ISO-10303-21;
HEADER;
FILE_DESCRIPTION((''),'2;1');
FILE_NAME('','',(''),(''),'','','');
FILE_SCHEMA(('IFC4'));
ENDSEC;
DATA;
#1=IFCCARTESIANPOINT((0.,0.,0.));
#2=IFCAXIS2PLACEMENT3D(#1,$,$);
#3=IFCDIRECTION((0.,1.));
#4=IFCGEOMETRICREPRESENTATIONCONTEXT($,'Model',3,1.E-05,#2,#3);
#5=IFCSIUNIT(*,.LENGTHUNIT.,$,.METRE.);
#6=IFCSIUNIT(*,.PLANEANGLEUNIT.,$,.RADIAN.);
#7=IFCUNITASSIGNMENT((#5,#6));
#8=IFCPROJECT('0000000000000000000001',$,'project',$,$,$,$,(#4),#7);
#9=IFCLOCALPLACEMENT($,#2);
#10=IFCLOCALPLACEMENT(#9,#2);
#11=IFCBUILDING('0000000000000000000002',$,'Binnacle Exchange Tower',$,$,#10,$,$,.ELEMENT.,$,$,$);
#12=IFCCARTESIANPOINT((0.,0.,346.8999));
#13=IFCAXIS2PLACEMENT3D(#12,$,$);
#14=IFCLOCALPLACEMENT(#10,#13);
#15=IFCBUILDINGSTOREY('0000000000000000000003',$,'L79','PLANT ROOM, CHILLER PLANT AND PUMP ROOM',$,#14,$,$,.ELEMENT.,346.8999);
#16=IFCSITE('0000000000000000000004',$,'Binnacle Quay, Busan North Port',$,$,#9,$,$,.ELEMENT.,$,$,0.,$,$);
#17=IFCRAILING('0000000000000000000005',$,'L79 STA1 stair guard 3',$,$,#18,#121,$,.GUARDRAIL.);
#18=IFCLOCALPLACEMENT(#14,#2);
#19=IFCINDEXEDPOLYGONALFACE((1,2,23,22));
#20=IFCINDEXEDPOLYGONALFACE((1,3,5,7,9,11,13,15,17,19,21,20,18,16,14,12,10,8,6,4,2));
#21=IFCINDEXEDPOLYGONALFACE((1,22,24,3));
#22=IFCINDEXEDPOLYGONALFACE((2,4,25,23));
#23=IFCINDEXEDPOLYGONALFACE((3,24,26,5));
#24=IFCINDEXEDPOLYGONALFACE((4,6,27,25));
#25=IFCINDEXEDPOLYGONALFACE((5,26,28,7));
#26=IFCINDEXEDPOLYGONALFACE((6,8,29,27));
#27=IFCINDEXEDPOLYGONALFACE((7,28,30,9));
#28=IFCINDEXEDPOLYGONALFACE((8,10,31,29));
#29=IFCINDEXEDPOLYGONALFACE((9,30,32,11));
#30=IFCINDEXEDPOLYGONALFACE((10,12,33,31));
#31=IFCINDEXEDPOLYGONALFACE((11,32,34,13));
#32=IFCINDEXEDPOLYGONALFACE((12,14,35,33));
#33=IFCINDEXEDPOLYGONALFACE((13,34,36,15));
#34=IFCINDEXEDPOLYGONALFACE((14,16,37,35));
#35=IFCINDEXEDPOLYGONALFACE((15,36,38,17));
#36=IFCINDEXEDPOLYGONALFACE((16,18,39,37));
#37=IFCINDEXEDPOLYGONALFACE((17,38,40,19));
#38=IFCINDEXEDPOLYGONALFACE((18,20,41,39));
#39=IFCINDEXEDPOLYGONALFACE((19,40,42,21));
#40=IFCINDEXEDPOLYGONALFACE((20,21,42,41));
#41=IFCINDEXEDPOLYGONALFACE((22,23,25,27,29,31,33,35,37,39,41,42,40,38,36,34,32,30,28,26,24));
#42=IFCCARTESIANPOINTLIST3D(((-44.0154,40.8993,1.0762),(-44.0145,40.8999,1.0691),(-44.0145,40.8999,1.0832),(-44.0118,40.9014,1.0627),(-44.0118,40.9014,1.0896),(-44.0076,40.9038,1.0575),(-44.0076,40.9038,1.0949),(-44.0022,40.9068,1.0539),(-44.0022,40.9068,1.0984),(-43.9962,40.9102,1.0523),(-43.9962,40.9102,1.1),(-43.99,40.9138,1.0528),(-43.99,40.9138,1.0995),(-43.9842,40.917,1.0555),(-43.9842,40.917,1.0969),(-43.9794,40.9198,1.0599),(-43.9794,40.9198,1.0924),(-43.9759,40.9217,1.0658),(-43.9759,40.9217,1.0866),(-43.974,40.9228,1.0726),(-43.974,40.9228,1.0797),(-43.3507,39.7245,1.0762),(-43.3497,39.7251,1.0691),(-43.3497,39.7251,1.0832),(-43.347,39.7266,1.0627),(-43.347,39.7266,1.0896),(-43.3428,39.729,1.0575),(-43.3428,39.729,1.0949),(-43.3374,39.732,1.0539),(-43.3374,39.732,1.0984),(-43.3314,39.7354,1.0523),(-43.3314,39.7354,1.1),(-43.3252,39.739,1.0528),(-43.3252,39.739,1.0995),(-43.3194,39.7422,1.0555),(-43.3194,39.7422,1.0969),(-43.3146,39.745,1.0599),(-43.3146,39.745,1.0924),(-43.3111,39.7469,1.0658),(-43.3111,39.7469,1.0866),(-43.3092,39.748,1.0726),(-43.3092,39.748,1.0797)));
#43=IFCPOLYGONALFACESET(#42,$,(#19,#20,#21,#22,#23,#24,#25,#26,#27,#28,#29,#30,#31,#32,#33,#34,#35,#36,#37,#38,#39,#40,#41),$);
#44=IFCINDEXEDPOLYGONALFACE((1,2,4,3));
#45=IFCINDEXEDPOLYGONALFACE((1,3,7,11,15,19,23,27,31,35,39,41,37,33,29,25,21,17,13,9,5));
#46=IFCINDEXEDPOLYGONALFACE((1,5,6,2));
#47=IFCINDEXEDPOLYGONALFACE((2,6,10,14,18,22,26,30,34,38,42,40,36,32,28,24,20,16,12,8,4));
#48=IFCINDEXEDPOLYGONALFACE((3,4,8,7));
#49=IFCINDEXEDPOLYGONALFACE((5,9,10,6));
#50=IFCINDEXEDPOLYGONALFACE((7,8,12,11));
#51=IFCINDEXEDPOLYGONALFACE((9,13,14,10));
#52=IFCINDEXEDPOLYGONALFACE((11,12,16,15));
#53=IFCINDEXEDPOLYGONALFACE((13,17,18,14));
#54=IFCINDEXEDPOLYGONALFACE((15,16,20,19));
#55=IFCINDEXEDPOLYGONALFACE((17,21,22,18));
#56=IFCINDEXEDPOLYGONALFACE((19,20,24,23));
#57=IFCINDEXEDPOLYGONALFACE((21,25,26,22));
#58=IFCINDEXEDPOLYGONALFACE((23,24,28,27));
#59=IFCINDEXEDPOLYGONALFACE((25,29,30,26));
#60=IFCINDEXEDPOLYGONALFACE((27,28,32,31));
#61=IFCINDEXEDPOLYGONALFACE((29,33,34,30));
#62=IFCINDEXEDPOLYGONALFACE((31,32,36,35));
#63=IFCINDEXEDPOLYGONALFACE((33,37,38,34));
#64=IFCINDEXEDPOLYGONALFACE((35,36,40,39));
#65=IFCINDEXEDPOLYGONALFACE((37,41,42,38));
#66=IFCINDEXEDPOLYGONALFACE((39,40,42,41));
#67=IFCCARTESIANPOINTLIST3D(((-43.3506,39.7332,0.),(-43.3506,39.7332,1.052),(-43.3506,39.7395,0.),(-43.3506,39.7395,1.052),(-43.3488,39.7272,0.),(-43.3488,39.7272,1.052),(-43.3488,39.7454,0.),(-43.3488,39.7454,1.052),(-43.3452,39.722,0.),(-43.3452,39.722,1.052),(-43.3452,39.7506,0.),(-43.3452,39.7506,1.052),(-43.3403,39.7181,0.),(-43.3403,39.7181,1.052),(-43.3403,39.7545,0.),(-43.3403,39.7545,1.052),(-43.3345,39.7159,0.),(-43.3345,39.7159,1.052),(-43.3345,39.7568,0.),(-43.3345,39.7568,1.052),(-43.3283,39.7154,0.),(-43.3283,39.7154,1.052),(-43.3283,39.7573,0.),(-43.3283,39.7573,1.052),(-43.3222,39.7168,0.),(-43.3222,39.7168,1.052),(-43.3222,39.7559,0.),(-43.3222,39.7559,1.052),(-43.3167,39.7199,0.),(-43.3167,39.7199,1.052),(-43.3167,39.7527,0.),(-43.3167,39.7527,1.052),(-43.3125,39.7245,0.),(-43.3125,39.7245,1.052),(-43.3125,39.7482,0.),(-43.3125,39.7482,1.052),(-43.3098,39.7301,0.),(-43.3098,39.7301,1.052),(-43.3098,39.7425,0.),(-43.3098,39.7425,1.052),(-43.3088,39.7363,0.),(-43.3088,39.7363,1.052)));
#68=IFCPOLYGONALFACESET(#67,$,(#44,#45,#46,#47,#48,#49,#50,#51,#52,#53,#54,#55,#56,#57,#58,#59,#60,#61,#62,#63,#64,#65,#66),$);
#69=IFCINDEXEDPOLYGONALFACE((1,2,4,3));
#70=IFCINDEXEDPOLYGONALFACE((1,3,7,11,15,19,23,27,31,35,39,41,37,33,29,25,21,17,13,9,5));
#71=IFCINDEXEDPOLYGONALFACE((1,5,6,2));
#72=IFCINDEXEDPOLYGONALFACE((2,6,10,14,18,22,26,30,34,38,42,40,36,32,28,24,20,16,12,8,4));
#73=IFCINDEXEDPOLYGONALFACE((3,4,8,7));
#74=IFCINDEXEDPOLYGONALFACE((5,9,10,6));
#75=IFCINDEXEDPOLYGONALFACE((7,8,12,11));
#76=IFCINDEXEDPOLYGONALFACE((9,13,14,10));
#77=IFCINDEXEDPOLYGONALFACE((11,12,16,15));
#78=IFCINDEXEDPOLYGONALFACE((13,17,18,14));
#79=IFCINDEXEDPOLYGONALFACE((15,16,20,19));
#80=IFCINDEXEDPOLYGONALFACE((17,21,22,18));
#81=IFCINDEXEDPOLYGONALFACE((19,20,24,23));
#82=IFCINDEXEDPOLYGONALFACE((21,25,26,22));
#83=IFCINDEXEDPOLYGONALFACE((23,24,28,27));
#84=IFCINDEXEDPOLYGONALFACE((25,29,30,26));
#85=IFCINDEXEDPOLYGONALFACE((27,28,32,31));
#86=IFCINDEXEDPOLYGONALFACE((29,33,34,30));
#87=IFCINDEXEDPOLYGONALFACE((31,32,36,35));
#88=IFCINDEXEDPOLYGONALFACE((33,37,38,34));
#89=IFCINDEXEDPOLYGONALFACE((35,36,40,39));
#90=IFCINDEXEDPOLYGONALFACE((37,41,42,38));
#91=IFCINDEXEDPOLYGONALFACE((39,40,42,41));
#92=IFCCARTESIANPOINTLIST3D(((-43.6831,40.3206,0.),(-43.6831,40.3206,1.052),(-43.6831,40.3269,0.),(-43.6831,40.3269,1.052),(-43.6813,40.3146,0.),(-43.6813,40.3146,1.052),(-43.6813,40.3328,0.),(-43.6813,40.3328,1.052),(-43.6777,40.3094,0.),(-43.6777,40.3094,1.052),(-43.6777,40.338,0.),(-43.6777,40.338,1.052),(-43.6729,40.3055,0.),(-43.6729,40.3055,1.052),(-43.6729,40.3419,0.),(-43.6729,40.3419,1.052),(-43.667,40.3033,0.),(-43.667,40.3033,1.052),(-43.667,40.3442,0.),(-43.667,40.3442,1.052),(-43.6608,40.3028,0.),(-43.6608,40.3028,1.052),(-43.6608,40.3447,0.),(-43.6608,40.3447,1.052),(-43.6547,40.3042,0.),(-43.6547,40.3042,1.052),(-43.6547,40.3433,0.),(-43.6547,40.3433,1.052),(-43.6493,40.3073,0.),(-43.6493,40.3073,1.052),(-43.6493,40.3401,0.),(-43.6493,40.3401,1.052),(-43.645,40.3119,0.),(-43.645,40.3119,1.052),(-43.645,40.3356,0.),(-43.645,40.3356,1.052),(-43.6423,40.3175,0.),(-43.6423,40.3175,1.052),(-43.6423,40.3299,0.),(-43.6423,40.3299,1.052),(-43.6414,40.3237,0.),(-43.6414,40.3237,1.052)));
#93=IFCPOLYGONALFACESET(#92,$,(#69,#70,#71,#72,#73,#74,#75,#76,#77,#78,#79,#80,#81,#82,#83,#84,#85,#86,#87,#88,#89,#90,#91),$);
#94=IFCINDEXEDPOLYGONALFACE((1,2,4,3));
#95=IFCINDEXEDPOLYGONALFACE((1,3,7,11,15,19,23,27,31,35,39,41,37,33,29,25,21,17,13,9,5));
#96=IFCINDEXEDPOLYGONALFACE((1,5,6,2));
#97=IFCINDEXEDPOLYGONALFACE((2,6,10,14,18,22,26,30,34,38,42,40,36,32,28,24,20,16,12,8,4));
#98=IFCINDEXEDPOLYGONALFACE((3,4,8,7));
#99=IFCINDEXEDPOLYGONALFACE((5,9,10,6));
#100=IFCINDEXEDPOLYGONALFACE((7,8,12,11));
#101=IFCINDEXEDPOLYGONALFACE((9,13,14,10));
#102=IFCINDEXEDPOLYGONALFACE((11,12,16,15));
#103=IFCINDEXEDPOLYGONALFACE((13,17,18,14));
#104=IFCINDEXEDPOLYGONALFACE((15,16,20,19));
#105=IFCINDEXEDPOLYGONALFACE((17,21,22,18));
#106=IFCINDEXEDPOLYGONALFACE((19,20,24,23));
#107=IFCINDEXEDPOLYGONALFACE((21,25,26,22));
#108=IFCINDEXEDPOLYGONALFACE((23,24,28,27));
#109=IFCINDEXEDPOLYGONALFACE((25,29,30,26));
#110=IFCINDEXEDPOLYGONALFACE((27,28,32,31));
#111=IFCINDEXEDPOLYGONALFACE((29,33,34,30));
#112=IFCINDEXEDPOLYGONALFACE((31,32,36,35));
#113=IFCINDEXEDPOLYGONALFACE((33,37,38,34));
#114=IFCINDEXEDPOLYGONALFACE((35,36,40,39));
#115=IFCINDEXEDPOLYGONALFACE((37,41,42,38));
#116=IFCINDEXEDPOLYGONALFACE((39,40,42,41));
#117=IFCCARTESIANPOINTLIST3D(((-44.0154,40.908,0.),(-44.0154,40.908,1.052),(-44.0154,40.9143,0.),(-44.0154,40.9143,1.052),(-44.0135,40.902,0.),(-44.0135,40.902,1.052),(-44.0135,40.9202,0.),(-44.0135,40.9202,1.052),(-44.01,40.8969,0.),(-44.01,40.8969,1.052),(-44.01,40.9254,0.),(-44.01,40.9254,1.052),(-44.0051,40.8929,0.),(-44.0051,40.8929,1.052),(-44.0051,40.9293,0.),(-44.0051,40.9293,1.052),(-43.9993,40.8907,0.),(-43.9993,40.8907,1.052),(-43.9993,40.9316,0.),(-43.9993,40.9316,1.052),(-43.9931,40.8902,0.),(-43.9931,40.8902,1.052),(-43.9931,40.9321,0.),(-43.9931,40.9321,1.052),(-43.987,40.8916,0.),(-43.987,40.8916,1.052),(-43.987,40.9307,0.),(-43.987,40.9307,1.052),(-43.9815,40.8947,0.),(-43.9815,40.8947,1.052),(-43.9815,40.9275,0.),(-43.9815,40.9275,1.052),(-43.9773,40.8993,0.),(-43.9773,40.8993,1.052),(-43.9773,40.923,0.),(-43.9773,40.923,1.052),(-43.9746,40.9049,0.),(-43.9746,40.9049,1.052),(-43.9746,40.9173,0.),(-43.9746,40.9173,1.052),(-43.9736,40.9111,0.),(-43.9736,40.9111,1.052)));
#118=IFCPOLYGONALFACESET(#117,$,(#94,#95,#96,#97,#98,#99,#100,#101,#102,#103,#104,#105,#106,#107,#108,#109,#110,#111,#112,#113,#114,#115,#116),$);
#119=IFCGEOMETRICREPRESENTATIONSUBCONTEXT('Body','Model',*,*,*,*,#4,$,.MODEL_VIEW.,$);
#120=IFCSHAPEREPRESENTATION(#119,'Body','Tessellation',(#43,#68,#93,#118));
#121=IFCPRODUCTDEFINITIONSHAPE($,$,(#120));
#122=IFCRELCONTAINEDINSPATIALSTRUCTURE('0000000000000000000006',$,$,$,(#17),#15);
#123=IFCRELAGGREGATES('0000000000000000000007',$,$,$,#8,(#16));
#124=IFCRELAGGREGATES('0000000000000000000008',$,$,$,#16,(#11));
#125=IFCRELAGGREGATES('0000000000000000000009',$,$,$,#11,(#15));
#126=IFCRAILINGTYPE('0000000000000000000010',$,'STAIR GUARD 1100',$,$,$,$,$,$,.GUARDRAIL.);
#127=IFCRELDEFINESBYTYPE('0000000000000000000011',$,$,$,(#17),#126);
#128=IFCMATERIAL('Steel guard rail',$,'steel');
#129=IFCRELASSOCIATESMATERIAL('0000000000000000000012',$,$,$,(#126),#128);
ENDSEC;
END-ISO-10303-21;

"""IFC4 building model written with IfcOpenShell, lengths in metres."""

from ifc_helpers import new_model, si_unit, direction, frame, origin, origin_2d, place, context, subcontext, project, spatial, circle, extrude, material, type_object, element, save


model = new_model("IFC4")

# Units and contexts
model_context = context("Model", 3, precision=1e-05, world=origin(), true_north=direction((0.0, 1.0)))
body_context = subcontext(model_context, "Body", "Model", "MODEL_VIEW")
ifc_project = project(units=[si_unit("LENGTHUNIT", "METRE"), si_unit("PLANEANGLEUNIT", "RADIAN")], contexts=[model_context])

# Site, building, storey
site_placement = place(None, origin())
site = spatial("IfcSite", under=ifc_project, at=site_placement, Name="Binnacle Quay, Busan North Port", CompositionType="ELEMENT", RefElevation=0.0)
building_placement = place(site_placement, origin())
building = spatial("IfcBuilding", under=site, at=building_placement, Name="Binnacle Exchange Tower", CompositionType="ELEMENT")
storey_placement = place(building_placement, frame((0.0, 0.0, 346.8999)))
storey = spatial("IfcBuildingStorey", under=building, at=storey_placement, Name="L79", Description="PLANT ROOM, CHILLER PLANT AND PUMP ROOM", CompositionType="ELEMENT", Elevation=346.8999)

# Railing
ifc_material_1 = material(Name="Steel guard rail", Category="steel")
railing_type_1 = type_object("IfcRailingType", Name="STAIR GUARD 1100", PredefinedType="GUARDRAIL", material=ifc_material_1)
railing_1_placement = place(storey_placement, frame((-43.3298, 39.7363, 0.0)))
element("IfcRailing", 1, at=railing_1_placement, inside=storey, type_object=railing_type_1, Name="L79 STA1 stair guard 3", PredefinedType="GUARDRAIL", context=body_context, shape_type="SweptSolid", body=[
    extrude(circle(Radius=0.0239, at=origin_2d()), frame((0.0, 0.0, 1.0762), z_axis=(-0.492492, 0.870317, 0.0), x_axis=(-0.870317, -0.492492, 0.0)), (0.0, 0.0, 1.0), 1.3499),
    extrude(circle(Radius=0.021, at=origin_2d()), origin(), (0.0, 0.0, 1.0), 1.052),
    extrude(circle(Radius=0.021, at=origin_2d()), frame((-0.3325, 0.5874, 0.0)), (0.0, 0.0, 1.0), 1.052),
    extrude(circle(Radius=0.021, at=origin_2d()), frame((-0.6648, 1.1748, 0.0)), (0.0, 0.0, 1.0), 1.052),
])

save(model, "model.ifc")
